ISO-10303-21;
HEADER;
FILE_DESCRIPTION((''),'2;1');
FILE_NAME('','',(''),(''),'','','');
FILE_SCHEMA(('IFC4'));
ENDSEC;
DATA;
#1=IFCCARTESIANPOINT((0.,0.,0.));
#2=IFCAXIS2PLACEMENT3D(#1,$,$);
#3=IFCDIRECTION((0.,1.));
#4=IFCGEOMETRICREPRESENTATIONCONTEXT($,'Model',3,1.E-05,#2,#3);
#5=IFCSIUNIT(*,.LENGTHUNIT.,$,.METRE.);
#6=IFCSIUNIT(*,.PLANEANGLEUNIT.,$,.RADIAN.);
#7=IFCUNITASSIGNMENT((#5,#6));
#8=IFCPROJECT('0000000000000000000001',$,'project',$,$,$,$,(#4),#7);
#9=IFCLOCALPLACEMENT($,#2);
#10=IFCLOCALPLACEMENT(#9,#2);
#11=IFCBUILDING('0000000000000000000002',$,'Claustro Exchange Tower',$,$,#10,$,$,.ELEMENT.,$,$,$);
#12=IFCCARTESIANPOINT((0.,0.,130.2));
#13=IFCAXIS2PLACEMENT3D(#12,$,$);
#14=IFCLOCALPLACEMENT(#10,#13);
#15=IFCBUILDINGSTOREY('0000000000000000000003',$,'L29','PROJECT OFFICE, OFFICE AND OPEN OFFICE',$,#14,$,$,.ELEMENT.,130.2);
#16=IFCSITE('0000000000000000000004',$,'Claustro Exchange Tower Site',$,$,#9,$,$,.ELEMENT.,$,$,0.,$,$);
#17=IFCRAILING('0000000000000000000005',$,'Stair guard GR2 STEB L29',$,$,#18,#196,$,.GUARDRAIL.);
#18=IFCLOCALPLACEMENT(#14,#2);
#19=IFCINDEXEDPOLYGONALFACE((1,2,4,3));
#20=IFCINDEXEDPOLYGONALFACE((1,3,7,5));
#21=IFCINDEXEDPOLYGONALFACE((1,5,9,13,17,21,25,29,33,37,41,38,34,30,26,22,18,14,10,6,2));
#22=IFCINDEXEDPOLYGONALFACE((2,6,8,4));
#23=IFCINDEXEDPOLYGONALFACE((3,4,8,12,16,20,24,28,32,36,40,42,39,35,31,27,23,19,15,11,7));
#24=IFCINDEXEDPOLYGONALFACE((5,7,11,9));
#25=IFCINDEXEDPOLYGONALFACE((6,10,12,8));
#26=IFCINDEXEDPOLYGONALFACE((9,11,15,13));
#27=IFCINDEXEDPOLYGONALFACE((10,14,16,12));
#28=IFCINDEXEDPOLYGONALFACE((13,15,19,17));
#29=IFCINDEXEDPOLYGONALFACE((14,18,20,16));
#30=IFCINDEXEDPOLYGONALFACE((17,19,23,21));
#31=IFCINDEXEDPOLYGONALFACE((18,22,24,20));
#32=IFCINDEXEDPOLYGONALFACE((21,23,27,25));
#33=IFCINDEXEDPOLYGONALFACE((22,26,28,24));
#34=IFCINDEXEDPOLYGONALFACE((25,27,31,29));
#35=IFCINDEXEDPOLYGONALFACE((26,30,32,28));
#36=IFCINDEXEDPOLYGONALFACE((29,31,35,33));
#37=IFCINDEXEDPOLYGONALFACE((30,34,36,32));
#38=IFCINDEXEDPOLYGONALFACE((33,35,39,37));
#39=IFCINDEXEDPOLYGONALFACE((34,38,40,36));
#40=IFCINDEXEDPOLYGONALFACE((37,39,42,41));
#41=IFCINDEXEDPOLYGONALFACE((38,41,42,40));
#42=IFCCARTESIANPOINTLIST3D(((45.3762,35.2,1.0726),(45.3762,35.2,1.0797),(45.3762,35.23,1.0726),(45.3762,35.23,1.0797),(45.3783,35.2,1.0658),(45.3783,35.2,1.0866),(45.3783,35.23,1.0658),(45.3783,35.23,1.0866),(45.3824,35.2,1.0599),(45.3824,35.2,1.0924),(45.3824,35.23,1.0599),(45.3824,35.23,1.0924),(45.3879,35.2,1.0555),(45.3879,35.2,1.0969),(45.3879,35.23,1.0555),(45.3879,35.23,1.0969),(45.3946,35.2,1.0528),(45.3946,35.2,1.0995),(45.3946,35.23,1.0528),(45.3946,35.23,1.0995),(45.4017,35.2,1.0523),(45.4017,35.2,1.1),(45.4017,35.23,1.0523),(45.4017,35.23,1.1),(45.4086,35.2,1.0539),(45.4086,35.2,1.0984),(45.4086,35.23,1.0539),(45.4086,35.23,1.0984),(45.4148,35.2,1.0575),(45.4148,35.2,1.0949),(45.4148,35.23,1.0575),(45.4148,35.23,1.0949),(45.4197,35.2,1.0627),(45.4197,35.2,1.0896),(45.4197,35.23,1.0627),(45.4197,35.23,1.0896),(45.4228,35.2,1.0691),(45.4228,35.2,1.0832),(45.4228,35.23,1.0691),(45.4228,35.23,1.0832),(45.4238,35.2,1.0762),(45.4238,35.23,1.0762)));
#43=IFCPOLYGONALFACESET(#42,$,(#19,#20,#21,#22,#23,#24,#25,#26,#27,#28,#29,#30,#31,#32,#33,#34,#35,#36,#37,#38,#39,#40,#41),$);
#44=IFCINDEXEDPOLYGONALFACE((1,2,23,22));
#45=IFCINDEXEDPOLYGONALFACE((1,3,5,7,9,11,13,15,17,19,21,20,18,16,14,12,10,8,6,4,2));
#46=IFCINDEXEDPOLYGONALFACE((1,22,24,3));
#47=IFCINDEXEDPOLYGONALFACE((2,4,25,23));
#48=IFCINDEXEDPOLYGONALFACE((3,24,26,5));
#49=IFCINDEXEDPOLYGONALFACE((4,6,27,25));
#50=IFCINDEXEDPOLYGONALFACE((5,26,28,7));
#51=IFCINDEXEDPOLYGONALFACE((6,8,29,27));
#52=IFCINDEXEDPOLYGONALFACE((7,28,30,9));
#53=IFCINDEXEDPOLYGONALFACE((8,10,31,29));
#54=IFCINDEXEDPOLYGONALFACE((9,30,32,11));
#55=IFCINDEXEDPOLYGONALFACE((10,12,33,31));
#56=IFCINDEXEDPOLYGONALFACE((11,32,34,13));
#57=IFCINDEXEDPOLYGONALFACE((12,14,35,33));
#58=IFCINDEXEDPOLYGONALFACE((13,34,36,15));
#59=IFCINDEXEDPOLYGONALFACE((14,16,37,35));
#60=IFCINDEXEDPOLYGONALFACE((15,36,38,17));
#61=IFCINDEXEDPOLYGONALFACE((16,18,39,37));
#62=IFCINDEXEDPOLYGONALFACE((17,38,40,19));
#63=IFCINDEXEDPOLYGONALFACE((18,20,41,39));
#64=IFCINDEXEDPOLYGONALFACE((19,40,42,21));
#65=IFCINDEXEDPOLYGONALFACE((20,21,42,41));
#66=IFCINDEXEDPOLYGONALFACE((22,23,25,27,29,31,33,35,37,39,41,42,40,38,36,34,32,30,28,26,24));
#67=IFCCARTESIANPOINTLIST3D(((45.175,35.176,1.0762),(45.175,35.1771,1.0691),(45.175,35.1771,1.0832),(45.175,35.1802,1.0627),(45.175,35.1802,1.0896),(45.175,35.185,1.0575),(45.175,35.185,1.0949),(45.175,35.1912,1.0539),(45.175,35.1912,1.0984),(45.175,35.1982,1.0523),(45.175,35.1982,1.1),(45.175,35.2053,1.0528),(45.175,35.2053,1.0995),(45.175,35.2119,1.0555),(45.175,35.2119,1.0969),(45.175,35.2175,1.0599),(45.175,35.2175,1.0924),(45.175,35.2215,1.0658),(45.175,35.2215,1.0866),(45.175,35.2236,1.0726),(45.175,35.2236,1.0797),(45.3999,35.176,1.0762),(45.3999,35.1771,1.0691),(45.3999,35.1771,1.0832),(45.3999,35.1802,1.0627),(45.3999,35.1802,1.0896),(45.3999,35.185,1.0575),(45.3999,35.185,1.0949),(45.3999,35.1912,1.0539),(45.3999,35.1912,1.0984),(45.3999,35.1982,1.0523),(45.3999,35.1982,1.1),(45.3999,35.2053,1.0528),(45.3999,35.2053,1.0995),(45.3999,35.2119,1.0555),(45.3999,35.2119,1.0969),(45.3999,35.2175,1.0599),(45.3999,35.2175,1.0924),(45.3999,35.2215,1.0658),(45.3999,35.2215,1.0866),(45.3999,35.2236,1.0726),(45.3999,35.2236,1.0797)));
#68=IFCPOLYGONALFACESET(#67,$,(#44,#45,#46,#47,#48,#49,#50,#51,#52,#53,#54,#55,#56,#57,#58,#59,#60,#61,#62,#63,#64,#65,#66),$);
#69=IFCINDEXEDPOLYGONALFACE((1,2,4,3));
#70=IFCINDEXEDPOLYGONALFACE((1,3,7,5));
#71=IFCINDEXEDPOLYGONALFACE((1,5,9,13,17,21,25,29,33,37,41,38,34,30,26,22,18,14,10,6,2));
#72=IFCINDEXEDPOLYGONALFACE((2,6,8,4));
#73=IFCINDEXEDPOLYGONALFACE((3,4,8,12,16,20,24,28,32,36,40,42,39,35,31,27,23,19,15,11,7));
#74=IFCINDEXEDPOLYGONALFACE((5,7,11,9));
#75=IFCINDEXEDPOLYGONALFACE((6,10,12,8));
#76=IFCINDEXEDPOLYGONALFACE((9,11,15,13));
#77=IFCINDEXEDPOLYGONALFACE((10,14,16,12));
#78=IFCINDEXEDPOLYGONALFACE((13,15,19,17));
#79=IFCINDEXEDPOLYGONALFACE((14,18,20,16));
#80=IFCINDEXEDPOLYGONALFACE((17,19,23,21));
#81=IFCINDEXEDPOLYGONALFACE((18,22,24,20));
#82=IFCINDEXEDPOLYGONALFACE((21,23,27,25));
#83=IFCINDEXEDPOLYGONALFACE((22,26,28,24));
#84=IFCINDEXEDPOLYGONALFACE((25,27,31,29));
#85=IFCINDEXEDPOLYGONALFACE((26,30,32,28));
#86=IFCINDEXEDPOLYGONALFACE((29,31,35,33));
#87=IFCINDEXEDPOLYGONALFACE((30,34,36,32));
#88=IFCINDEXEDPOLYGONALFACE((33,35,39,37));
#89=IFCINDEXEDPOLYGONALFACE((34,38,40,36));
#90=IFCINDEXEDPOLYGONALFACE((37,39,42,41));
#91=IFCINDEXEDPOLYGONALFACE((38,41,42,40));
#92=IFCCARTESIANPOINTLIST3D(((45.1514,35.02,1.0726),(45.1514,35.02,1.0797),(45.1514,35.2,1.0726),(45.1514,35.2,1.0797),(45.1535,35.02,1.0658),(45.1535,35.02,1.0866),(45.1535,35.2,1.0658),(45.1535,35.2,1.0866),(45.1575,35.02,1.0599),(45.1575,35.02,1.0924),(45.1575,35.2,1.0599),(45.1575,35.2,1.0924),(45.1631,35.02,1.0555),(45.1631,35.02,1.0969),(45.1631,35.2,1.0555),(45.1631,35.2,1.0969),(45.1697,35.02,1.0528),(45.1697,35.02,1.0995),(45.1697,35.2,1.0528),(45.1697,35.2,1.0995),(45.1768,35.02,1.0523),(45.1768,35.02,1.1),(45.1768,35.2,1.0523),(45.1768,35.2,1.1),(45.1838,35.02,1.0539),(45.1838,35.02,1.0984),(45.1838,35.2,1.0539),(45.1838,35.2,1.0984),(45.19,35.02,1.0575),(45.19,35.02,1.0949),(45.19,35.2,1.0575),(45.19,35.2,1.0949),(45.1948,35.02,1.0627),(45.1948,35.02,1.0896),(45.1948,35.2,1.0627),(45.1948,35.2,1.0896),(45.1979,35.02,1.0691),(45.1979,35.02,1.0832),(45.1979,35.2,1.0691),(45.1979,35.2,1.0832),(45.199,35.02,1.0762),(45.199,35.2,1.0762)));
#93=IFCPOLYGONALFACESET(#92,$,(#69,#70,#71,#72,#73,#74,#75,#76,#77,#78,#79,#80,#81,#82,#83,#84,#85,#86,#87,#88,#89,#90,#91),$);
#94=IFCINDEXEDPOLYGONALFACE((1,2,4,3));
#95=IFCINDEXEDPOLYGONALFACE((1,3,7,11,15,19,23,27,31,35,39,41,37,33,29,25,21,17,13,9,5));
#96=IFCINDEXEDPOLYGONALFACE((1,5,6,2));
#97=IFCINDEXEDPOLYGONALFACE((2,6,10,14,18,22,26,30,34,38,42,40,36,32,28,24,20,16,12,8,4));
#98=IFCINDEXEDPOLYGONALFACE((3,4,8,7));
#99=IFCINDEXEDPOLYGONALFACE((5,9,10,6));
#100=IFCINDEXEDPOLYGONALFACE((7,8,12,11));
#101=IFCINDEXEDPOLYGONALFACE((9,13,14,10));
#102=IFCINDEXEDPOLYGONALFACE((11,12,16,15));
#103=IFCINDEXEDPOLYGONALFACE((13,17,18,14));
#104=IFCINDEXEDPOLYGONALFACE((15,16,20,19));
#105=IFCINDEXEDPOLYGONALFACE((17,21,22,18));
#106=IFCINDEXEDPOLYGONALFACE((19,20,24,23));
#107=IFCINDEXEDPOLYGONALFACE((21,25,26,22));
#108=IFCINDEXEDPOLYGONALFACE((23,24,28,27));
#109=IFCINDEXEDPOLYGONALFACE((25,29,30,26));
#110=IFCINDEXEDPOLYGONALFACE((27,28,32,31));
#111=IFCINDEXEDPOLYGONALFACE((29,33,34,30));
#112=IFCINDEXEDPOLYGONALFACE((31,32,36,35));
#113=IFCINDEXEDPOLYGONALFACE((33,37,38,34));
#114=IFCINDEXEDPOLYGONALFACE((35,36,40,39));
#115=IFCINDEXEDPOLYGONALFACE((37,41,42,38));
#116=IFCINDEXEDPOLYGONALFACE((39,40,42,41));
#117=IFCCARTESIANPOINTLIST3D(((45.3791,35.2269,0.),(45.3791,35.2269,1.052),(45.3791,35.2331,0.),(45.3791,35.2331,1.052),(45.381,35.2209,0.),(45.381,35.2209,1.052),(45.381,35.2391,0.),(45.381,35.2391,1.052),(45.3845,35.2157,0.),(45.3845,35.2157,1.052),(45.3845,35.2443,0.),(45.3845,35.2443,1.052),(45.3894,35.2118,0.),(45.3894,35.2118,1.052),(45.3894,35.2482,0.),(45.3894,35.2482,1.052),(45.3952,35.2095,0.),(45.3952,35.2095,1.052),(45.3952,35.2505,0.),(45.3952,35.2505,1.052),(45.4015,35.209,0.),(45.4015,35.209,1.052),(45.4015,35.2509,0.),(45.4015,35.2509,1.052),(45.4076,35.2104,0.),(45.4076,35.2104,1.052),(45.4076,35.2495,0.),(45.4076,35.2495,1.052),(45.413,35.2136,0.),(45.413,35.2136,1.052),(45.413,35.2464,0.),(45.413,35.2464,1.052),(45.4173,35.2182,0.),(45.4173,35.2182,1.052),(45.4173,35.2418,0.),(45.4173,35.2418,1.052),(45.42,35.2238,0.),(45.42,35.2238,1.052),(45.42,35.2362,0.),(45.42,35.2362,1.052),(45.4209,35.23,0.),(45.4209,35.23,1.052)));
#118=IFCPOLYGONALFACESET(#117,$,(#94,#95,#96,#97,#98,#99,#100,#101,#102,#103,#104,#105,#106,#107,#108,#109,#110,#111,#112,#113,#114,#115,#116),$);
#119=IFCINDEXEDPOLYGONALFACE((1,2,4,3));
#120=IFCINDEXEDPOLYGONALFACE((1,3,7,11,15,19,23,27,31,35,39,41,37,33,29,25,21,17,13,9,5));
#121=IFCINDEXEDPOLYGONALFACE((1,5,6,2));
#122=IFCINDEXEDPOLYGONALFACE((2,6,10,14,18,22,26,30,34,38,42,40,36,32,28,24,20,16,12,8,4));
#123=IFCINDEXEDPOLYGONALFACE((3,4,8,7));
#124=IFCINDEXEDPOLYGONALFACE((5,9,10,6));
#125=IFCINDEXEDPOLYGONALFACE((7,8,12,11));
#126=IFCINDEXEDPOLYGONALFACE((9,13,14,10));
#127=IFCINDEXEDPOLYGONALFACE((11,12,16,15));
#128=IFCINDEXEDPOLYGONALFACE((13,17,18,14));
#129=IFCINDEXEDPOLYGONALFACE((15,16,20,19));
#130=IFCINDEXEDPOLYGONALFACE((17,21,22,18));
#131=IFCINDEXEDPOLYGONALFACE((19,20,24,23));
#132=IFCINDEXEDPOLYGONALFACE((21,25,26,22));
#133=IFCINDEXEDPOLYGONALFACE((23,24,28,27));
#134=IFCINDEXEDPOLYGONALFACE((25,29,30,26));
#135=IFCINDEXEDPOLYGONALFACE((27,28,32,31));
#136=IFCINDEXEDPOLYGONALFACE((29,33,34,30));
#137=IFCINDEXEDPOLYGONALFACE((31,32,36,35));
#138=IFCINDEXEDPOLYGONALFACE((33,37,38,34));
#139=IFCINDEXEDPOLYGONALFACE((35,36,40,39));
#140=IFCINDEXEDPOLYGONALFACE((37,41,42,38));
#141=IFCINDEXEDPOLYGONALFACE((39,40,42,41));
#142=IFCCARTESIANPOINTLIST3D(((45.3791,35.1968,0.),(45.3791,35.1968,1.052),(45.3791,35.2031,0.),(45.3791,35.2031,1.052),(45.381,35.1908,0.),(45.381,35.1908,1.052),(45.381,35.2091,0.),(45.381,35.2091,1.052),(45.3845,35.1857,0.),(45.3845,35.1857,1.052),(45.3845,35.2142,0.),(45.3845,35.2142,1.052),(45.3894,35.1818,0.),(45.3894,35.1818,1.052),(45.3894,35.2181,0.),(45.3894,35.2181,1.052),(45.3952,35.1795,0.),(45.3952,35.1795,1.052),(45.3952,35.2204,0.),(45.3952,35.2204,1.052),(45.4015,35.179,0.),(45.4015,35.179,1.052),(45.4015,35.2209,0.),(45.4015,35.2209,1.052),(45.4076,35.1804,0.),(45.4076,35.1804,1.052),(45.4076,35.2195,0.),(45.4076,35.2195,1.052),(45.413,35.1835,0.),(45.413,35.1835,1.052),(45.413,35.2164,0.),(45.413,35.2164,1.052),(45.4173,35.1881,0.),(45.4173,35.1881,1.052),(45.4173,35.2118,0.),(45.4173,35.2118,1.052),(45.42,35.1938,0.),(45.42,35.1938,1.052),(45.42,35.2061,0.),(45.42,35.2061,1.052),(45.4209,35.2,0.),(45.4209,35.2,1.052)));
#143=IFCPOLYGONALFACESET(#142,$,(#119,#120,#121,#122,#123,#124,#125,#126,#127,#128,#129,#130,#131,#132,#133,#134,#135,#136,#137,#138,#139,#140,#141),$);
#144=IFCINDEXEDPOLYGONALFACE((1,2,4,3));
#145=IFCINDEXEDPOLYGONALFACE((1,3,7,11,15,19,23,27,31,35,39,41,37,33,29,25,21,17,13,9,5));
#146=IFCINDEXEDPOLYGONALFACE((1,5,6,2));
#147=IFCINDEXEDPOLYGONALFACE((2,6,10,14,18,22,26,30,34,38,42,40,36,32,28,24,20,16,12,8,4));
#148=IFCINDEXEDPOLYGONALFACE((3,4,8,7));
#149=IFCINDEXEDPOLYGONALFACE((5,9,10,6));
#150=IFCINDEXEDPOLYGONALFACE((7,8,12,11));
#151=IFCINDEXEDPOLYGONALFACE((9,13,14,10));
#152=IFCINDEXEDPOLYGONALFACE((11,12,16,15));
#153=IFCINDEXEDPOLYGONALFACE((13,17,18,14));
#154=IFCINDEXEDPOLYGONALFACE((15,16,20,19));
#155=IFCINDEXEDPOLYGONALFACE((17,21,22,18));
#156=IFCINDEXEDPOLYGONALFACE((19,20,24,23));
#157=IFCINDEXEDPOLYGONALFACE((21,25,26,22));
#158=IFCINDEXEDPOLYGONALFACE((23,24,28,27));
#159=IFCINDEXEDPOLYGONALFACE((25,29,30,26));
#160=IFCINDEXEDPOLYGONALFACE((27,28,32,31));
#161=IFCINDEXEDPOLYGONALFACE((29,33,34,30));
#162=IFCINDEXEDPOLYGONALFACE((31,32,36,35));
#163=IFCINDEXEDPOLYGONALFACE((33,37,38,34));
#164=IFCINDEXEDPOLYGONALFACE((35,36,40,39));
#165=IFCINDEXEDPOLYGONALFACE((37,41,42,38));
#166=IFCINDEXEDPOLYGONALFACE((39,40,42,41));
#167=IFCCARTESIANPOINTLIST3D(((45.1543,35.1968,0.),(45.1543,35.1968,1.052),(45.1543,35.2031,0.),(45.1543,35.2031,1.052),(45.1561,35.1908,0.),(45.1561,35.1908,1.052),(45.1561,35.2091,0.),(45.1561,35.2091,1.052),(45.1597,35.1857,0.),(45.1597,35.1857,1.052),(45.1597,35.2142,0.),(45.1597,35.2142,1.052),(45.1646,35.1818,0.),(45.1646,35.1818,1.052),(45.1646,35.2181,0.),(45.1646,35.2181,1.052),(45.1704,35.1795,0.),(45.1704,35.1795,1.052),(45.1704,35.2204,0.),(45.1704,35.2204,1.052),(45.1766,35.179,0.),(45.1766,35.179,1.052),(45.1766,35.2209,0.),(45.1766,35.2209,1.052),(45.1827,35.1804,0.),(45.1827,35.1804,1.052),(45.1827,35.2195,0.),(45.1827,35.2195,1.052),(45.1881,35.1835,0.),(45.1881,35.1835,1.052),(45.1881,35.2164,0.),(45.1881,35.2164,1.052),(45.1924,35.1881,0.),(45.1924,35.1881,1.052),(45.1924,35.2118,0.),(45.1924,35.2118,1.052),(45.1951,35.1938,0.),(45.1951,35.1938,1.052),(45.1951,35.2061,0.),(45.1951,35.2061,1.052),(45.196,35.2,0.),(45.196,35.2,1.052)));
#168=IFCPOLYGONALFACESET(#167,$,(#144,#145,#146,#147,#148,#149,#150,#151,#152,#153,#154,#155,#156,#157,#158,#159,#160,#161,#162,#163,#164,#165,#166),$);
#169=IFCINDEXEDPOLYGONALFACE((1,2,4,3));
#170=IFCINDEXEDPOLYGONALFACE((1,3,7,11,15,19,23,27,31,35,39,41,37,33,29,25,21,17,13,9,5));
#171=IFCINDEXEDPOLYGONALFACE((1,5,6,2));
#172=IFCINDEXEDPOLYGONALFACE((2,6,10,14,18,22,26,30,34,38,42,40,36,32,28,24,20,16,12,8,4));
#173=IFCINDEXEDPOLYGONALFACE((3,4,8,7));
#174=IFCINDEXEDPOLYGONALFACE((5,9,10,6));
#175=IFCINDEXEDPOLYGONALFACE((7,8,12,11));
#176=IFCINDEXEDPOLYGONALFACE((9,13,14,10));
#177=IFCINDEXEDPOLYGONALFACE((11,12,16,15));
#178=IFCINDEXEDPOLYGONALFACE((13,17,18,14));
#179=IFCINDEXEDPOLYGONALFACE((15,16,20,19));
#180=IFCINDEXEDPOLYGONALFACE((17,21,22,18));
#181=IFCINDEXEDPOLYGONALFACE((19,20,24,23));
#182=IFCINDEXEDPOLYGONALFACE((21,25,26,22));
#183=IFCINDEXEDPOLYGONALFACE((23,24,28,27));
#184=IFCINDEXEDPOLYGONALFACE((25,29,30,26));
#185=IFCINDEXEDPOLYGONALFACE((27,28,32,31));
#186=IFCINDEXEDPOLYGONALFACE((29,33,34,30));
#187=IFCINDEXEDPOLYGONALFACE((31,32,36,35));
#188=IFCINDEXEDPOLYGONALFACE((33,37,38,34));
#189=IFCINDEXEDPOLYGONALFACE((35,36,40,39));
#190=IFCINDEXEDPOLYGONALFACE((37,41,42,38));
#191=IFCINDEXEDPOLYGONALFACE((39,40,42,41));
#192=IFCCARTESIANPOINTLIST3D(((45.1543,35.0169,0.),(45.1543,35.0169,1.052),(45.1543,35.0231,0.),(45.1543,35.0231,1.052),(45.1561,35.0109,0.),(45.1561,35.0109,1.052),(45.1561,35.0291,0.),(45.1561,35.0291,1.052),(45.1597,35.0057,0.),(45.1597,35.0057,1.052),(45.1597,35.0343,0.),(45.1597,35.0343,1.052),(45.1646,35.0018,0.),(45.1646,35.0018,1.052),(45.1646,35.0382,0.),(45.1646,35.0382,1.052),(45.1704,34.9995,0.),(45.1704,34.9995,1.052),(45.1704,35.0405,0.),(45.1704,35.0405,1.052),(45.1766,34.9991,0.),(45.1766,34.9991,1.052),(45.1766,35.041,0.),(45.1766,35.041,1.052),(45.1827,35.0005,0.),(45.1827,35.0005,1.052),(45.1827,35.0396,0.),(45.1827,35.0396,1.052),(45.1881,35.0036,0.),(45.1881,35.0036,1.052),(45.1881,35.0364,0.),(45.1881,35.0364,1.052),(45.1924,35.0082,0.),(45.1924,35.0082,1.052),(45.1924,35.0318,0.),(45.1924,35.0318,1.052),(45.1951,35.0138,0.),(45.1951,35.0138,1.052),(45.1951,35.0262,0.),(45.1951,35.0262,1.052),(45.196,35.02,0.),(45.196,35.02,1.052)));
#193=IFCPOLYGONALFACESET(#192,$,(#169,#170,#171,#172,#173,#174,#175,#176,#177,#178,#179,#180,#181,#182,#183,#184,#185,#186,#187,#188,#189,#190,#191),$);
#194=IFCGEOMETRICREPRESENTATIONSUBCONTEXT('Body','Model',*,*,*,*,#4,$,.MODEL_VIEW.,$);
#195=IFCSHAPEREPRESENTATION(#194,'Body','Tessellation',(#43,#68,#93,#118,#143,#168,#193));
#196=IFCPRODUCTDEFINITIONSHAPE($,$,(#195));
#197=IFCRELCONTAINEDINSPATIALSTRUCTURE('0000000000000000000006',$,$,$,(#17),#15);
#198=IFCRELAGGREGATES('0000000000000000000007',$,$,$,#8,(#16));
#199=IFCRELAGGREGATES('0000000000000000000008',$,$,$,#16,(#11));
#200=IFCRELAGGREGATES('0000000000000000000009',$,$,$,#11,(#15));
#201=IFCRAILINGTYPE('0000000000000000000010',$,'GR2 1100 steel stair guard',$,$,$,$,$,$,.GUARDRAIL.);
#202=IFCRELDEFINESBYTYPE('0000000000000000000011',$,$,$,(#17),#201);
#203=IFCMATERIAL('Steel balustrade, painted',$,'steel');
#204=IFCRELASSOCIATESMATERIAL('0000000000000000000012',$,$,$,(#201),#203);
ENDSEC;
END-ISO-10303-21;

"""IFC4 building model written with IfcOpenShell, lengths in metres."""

from ifc_helpers import new_model, si_unit, direction, frame, origin, origin_2d, place, context, subcontext, project, spatial, circle, extrude, material, type_object, element, save


model = new_model("IFC4")

# Units and contexts
model_context = context("Model", 3, precision=1e-05, world=origin(), true_north=direction((0.0, 1.0)))
body_context = subcontext(model_context, "Body", "Model", "MODEL_VIEW")
ifc_project = project(units=[si_unit("LENGTHUNIT", "METRE"), si_unit("PLANEANGLEUNIT", "RADIAN")], contexts=[model_context])

# Site, building, storey
site_placement = place(None, origin())
site = spatial("IfcSite", under=ifc_project, at=site_placement, Name="Claustro Exchange Tower Site", CompositionType="ELEMENT", RefElevation=0.0)
building_placement = place(site_placement, origin())
building = spatial("IfcBuilding", under=site, at=building_placement, Name="Claustro Exchange Tower", CompositionType="ELEMENT")
storey_placement = place(building_placement, frame((0.0, 0.0, 130.2)))
storey = spatial("IfcBuildingStorey", under=building, at=storey_placement, Name="L29", Description="PROJECT OFFICE, OFFICE AND OPEN OFFICE", CompositionType="ELEMENT", Elevation=130.2)

# Railing
ifc_material_1 = material(Name="Steel balustrade, painted", Category="steel")
railing_type_1 = type_object("IfcRailingType", Name="GR2 1100 steel stair guard", PredefinedType="GUARDRAIL", material=ifc_material_1)
railing_1_placement = place(storey_placement, frame((45.3999, 35.23, 0.0)))
element("IfcRailing", 1, at=railing_1_placement, inside=storey, type_object=railing_type_1, Name="Stair guard GR2 STEB L29", PredefinedType="GUARDRAIL", context=body_context, shape_type="SweptSolid", body=[
    extrude(circle(Radius=0.0239, at=origin_2d()), frame((0.0, 0.0, 1.0762), z_axis=(0.0, -1.0, 0.0), x_axis=(1.0, 0.0, 0.0)), (0.0, 0.0, 1.0), 0.03),
    extrude(circle(Radius=0.0239, at=origin_2d()), frame((0.0, -0.03, 1.0762), z_axis=(-1.0, 0.0, 0.0), x_axis=(0.0, -1.0, 0.0)), (0.0, 0.0, 1.0), 0.2249),
    extrude(circle(Radius=0.0239, at=origin_2d()), frame((-0.2249, -0.03, 1.0762), z_axis=(0.0, -1.0, 0.0), x_axis=(1.0, 0.0, 0.0)), (0.0, 0.0, 1.0), 0.1799),
    extrude(circle(Radius=0.021, at=origin_2d()), origin(), (0.0, 0.0, 1.0), 1.052),
    extrude(circle(Radius=0.021, at=origin_2d()), frame((0.0, -0.03, 0.0)), (0.0, 0.0, 1.0), 1.052),
    extrude(circle(Radius=0.021, at=origin_2d()), frame((-0.2249, -0.03, 0.0)), (0.0, 0.0, 1.0), 1.052),
    extrude(circle(Radius=0.021, at=origin_2d()), frame((-0.2249, -0.21, 0.0)), (0.0, 0.0, 1.0), 1.052),
])

save(model, "model.ifc")
